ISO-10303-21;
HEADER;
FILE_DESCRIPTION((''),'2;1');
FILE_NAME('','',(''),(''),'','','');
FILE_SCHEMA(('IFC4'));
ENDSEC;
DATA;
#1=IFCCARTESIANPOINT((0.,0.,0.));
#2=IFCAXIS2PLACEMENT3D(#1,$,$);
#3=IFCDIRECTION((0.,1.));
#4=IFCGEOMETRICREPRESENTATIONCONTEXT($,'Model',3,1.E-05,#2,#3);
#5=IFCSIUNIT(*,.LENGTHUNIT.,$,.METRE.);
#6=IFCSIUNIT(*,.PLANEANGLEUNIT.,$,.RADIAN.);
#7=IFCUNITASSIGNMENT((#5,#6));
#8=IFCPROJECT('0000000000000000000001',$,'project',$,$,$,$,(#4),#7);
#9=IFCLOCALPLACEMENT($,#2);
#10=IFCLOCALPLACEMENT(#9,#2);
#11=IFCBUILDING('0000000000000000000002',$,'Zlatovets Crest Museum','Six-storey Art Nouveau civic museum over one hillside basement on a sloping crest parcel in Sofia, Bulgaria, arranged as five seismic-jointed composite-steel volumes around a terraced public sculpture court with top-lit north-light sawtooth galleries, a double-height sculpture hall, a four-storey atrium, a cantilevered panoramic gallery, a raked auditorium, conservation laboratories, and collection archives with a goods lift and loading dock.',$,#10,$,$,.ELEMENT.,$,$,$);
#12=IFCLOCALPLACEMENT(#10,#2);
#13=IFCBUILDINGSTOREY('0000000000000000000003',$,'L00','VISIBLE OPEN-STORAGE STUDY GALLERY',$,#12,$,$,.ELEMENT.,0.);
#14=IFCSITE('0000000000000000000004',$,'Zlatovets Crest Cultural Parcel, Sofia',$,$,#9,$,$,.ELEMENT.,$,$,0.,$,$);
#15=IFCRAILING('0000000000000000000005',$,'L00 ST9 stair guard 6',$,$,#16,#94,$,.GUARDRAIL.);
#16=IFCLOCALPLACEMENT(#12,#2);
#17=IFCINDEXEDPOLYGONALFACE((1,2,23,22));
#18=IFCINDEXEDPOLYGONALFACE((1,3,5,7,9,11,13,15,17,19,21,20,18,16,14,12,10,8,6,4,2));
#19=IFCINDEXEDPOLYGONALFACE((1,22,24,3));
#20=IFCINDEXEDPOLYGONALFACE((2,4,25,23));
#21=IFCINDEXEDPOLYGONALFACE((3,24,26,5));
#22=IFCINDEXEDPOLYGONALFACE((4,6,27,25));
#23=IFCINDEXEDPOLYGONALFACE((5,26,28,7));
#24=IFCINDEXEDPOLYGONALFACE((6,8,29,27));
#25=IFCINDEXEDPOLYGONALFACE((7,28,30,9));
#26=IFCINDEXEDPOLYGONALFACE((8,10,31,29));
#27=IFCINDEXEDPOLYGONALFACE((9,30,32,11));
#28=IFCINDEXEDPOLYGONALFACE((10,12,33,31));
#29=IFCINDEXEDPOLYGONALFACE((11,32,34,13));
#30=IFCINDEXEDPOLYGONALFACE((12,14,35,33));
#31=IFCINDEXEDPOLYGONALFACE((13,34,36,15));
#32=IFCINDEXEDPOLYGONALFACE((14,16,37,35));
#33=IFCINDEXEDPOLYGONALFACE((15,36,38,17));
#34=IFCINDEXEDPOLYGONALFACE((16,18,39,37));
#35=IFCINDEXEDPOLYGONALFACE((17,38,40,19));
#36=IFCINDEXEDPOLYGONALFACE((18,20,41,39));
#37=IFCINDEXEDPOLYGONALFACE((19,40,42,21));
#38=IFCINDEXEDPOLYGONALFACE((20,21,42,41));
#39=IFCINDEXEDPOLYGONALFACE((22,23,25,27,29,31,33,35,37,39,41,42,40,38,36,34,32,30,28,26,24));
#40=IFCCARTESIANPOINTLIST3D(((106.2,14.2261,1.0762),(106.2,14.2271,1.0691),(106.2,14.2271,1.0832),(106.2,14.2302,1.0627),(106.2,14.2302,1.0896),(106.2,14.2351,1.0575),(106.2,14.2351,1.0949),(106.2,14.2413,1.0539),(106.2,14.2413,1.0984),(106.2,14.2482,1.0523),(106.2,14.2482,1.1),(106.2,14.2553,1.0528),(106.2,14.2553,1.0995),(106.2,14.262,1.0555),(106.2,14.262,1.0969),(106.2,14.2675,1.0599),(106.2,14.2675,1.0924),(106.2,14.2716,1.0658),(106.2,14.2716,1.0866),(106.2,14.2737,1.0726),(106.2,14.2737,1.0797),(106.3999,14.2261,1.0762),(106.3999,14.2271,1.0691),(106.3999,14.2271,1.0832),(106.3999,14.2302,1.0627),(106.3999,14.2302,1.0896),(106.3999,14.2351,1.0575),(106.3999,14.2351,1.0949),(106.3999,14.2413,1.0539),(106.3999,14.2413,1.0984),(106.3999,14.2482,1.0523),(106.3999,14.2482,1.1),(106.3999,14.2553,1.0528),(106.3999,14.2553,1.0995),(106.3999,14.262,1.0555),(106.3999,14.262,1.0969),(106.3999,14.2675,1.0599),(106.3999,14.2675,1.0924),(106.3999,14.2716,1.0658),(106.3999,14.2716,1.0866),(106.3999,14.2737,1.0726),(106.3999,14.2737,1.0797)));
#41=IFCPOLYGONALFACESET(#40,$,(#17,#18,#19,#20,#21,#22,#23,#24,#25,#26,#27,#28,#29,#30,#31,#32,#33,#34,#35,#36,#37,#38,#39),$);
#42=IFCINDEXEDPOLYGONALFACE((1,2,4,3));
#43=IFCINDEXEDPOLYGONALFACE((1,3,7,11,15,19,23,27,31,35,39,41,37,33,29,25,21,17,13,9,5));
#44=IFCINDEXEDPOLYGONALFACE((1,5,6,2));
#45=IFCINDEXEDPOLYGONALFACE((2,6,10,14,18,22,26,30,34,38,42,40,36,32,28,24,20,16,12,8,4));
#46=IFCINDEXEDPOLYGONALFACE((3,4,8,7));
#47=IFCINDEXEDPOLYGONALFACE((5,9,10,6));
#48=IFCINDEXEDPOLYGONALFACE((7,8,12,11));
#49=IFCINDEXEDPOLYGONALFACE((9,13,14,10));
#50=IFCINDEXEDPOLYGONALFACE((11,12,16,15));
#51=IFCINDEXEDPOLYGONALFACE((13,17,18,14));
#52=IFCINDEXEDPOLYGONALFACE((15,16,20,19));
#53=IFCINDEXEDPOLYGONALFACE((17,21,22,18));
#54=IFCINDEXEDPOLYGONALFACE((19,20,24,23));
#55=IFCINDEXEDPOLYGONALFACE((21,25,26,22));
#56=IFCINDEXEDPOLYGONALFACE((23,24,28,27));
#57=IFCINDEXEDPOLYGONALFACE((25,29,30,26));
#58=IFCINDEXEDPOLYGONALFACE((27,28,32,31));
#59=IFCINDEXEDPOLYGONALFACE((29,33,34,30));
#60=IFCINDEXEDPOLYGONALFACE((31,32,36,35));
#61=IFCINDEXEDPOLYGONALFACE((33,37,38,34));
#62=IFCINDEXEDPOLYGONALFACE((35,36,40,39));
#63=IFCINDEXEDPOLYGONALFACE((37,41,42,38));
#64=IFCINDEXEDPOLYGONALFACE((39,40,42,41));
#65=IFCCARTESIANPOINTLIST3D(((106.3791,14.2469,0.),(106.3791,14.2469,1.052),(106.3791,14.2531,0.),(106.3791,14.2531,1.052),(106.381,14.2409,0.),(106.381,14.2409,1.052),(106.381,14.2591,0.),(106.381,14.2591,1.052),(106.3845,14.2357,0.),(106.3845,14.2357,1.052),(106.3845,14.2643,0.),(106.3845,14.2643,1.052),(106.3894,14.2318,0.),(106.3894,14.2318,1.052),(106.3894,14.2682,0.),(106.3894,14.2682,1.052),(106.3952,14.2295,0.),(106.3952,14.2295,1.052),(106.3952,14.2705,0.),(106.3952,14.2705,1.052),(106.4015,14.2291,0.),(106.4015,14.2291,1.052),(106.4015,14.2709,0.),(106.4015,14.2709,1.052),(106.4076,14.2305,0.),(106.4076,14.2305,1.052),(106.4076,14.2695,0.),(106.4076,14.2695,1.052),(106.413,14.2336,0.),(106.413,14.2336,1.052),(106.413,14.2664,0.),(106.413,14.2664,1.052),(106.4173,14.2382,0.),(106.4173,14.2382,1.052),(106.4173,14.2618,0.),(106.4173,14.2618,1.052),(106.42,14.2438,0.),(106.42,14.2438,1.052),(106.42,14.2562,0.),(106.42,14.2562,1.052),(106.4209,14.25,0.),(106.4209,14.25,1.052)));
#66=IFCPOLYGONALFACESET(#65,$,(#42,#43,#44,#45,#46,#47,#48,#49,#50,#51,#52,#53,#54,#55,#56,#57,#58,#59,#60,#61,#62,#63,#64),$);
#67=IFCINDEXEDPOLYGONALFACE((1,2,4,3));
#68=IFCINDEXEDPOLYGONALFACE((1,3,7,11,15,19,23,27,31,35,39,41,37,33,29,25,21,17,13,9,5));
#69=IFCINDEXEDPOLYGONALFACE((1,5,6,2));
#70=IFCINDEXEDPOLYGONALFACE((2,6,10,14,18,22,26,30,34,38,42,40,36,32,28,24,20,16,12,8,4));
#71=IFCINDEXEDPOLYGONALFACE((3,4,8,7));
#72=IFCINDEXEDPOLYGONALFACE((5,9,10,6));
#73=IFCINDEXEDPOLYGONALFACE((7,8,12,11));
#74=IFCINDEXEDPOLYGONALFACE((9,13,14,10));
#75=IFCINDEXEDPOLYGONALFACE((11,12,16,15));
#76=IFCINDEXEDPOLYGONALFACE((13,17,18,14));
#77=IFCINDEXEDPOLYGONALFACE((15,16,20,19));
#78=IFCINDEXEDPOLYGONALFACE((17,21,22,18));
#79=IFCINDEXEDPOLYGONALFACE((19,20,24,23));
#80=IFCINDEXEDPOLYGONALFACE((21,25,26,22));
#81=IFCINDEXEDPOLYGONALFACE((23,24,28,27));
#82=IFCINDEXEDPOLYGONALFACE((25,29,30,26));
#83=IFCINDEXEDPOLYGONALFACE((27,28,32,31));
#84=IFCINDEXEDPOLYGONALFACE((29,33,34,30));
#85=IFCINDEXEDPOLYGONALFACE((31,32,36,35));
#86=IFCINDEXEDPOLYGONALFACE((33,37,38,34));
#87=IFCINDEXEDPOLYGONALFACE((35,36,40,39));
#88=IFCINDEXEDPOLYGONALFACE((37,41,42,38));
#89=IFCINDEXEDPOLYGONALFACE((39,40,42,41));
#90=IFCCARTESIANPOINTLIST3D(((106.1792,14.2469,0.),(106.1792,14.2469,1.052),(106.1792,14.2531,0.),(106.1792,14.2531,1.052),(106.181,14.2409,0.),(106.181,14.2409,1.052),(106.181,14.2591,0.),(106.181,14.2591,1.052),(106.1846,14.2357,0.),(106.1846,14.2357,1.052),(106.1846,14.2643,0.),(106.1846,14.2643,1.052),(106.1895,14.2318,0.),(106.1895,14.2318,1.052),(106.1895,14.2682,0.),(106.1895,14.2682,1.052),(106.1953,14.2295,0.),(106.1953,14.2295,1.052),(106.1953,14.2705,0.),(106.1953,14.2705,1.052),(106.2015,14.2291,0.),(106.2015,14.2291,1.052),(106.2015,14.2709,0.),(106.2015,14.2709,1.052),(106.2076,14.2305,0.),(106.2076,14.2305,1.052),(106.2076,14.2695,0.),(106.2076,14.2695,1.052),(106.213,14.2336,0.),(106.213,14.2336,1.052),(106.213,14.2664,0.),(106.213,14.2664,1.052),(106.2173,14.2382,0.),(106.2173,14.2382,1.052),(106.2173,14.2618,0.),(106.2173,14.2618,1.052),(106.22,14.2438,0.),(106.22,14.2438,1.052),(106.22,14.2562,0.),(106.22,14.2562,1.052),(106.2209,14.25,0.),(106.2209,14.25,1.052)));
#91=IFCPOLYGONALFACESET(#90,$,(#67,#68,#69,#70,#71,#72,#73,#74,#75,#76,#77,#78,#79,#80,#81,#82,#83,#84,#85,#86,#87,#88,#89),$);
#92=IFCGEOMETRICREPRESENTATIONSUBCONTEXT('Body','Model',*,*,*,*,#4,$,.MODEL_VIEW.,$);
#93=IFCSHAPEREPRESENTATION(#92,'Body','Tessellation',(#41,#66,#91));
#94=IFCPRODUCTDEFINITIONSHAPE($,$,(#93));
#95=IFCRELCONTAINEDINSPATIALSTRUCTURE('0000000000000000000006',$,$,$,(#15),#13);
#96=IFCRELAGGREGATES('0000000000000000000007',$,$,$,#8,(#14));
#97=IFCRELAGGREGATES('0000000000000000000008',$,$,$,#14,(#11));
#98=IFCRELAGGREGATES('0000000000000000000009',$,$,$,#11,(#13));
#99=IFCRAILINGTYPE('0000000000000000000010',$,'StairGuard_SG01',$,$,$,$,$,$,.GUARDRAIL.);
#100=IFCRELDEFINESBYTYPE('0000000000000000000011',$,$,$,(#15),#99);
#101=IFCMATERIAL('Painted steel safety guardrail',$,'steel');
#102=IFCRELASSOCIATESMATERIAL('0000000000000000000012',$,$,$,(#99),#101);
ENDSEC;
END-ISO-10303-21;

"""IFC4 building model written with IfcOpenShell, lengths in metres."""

from ifc_helpers import new_model, si_unit, direction, frame, origin, origin_2d, place, context, subcontext, project, spatial, circle, extrude, material, type_object, element, save


model = new_model("IFC4")

# Units and contexts
model_context = context("Model", 3, precision=1e-05, world=origin(), true_north=direction((0.0, 1.0)))
body_context = subcontext(model_context, "Body", "Model", "MODEL_VIEW")
ifc_project = project(units=[si_unit("LENGTHUNIT", "METRE"), si_unit("PLANEANGLEUNIT", "RADIAN")], contexts=[model_context])

# Site, building, storey
site_placement = place(None, origin())
site = spatial("IfcSite", under=ifc_project, at=site_placement, Name="Zlatovets Crest Cultural Parcel, Sofia", CompositionType="ELEMENT", RefElevation=0.0)
building_placement = place(site_placement, origin())
building = spatial("IfcBuilding", under=site, at=building_placement, Name="Zlatovets Crest Museum", Description="Six-storey Art Nouveau civic museum over one hillside basement on a sloping crest parcel in Sofia, Bulgaria, arranged as five seismic-jointed composite-steel volumes around a terraced public sculpture court with top-lit north-light sawtooth galleries, a double-height sculpture hall, a four-storey atrium, a cantilevered panoramic gallery, a raked auditorium, conservation laboratories, and collection archives with a goods lift and loading dock.", CompositionType="ELEMENT")
storey_placement = place(building_placement, origin())
storey = spatial("IfcBuildingStorey", under=building, at=storey_placement, Name="L00", Description="VISIBLE OPEN-STORAGE STUDY GALLERY", CompositionType="ELEMENT", Elevation=0.0)

# Railing
ifc_material_1 = material(Name="Painted steel safety guardrail", Category="steel")
railing_type_1 = type_object("IfcRailingType", Name="StairGuard_SG01", PredefinedType="GUARDRAIL", material=ifc_material_1)
railing_1_placement = place(storey_placement, frame((106.3999, 14.25, 0.0)))
element("IfcRailing", 1, at=railing_1_placement, inside=storey, type_object=railing_type_1, Name="L00 ST9 stair guard 6", PredefinedType="GUARDRAIL", context=body_context, shape_type="SweptSolid", body=[
    extrude(circle(Radius=0.0239, at=origin_2d()), frame((0.0, 0.0, 1.0762), z_axis=(-1.0, 0.0, 0.0), x_axis=(0.0, -1.0, 0.0)), (0.0, 0.0, 1.0), 0.2),
    extrude(circle(Radius=0.021, at=origin_2d()), origin(), (0.0, 0.0, 1.0), 1.052),
    extrude(circle(Radius=0.021, at=origin_2d()), frame((-0.2, 0.0, 0.0)), (0.0, 0.0, 1.0), 1.052),
])

save(model, "model.ifc")
